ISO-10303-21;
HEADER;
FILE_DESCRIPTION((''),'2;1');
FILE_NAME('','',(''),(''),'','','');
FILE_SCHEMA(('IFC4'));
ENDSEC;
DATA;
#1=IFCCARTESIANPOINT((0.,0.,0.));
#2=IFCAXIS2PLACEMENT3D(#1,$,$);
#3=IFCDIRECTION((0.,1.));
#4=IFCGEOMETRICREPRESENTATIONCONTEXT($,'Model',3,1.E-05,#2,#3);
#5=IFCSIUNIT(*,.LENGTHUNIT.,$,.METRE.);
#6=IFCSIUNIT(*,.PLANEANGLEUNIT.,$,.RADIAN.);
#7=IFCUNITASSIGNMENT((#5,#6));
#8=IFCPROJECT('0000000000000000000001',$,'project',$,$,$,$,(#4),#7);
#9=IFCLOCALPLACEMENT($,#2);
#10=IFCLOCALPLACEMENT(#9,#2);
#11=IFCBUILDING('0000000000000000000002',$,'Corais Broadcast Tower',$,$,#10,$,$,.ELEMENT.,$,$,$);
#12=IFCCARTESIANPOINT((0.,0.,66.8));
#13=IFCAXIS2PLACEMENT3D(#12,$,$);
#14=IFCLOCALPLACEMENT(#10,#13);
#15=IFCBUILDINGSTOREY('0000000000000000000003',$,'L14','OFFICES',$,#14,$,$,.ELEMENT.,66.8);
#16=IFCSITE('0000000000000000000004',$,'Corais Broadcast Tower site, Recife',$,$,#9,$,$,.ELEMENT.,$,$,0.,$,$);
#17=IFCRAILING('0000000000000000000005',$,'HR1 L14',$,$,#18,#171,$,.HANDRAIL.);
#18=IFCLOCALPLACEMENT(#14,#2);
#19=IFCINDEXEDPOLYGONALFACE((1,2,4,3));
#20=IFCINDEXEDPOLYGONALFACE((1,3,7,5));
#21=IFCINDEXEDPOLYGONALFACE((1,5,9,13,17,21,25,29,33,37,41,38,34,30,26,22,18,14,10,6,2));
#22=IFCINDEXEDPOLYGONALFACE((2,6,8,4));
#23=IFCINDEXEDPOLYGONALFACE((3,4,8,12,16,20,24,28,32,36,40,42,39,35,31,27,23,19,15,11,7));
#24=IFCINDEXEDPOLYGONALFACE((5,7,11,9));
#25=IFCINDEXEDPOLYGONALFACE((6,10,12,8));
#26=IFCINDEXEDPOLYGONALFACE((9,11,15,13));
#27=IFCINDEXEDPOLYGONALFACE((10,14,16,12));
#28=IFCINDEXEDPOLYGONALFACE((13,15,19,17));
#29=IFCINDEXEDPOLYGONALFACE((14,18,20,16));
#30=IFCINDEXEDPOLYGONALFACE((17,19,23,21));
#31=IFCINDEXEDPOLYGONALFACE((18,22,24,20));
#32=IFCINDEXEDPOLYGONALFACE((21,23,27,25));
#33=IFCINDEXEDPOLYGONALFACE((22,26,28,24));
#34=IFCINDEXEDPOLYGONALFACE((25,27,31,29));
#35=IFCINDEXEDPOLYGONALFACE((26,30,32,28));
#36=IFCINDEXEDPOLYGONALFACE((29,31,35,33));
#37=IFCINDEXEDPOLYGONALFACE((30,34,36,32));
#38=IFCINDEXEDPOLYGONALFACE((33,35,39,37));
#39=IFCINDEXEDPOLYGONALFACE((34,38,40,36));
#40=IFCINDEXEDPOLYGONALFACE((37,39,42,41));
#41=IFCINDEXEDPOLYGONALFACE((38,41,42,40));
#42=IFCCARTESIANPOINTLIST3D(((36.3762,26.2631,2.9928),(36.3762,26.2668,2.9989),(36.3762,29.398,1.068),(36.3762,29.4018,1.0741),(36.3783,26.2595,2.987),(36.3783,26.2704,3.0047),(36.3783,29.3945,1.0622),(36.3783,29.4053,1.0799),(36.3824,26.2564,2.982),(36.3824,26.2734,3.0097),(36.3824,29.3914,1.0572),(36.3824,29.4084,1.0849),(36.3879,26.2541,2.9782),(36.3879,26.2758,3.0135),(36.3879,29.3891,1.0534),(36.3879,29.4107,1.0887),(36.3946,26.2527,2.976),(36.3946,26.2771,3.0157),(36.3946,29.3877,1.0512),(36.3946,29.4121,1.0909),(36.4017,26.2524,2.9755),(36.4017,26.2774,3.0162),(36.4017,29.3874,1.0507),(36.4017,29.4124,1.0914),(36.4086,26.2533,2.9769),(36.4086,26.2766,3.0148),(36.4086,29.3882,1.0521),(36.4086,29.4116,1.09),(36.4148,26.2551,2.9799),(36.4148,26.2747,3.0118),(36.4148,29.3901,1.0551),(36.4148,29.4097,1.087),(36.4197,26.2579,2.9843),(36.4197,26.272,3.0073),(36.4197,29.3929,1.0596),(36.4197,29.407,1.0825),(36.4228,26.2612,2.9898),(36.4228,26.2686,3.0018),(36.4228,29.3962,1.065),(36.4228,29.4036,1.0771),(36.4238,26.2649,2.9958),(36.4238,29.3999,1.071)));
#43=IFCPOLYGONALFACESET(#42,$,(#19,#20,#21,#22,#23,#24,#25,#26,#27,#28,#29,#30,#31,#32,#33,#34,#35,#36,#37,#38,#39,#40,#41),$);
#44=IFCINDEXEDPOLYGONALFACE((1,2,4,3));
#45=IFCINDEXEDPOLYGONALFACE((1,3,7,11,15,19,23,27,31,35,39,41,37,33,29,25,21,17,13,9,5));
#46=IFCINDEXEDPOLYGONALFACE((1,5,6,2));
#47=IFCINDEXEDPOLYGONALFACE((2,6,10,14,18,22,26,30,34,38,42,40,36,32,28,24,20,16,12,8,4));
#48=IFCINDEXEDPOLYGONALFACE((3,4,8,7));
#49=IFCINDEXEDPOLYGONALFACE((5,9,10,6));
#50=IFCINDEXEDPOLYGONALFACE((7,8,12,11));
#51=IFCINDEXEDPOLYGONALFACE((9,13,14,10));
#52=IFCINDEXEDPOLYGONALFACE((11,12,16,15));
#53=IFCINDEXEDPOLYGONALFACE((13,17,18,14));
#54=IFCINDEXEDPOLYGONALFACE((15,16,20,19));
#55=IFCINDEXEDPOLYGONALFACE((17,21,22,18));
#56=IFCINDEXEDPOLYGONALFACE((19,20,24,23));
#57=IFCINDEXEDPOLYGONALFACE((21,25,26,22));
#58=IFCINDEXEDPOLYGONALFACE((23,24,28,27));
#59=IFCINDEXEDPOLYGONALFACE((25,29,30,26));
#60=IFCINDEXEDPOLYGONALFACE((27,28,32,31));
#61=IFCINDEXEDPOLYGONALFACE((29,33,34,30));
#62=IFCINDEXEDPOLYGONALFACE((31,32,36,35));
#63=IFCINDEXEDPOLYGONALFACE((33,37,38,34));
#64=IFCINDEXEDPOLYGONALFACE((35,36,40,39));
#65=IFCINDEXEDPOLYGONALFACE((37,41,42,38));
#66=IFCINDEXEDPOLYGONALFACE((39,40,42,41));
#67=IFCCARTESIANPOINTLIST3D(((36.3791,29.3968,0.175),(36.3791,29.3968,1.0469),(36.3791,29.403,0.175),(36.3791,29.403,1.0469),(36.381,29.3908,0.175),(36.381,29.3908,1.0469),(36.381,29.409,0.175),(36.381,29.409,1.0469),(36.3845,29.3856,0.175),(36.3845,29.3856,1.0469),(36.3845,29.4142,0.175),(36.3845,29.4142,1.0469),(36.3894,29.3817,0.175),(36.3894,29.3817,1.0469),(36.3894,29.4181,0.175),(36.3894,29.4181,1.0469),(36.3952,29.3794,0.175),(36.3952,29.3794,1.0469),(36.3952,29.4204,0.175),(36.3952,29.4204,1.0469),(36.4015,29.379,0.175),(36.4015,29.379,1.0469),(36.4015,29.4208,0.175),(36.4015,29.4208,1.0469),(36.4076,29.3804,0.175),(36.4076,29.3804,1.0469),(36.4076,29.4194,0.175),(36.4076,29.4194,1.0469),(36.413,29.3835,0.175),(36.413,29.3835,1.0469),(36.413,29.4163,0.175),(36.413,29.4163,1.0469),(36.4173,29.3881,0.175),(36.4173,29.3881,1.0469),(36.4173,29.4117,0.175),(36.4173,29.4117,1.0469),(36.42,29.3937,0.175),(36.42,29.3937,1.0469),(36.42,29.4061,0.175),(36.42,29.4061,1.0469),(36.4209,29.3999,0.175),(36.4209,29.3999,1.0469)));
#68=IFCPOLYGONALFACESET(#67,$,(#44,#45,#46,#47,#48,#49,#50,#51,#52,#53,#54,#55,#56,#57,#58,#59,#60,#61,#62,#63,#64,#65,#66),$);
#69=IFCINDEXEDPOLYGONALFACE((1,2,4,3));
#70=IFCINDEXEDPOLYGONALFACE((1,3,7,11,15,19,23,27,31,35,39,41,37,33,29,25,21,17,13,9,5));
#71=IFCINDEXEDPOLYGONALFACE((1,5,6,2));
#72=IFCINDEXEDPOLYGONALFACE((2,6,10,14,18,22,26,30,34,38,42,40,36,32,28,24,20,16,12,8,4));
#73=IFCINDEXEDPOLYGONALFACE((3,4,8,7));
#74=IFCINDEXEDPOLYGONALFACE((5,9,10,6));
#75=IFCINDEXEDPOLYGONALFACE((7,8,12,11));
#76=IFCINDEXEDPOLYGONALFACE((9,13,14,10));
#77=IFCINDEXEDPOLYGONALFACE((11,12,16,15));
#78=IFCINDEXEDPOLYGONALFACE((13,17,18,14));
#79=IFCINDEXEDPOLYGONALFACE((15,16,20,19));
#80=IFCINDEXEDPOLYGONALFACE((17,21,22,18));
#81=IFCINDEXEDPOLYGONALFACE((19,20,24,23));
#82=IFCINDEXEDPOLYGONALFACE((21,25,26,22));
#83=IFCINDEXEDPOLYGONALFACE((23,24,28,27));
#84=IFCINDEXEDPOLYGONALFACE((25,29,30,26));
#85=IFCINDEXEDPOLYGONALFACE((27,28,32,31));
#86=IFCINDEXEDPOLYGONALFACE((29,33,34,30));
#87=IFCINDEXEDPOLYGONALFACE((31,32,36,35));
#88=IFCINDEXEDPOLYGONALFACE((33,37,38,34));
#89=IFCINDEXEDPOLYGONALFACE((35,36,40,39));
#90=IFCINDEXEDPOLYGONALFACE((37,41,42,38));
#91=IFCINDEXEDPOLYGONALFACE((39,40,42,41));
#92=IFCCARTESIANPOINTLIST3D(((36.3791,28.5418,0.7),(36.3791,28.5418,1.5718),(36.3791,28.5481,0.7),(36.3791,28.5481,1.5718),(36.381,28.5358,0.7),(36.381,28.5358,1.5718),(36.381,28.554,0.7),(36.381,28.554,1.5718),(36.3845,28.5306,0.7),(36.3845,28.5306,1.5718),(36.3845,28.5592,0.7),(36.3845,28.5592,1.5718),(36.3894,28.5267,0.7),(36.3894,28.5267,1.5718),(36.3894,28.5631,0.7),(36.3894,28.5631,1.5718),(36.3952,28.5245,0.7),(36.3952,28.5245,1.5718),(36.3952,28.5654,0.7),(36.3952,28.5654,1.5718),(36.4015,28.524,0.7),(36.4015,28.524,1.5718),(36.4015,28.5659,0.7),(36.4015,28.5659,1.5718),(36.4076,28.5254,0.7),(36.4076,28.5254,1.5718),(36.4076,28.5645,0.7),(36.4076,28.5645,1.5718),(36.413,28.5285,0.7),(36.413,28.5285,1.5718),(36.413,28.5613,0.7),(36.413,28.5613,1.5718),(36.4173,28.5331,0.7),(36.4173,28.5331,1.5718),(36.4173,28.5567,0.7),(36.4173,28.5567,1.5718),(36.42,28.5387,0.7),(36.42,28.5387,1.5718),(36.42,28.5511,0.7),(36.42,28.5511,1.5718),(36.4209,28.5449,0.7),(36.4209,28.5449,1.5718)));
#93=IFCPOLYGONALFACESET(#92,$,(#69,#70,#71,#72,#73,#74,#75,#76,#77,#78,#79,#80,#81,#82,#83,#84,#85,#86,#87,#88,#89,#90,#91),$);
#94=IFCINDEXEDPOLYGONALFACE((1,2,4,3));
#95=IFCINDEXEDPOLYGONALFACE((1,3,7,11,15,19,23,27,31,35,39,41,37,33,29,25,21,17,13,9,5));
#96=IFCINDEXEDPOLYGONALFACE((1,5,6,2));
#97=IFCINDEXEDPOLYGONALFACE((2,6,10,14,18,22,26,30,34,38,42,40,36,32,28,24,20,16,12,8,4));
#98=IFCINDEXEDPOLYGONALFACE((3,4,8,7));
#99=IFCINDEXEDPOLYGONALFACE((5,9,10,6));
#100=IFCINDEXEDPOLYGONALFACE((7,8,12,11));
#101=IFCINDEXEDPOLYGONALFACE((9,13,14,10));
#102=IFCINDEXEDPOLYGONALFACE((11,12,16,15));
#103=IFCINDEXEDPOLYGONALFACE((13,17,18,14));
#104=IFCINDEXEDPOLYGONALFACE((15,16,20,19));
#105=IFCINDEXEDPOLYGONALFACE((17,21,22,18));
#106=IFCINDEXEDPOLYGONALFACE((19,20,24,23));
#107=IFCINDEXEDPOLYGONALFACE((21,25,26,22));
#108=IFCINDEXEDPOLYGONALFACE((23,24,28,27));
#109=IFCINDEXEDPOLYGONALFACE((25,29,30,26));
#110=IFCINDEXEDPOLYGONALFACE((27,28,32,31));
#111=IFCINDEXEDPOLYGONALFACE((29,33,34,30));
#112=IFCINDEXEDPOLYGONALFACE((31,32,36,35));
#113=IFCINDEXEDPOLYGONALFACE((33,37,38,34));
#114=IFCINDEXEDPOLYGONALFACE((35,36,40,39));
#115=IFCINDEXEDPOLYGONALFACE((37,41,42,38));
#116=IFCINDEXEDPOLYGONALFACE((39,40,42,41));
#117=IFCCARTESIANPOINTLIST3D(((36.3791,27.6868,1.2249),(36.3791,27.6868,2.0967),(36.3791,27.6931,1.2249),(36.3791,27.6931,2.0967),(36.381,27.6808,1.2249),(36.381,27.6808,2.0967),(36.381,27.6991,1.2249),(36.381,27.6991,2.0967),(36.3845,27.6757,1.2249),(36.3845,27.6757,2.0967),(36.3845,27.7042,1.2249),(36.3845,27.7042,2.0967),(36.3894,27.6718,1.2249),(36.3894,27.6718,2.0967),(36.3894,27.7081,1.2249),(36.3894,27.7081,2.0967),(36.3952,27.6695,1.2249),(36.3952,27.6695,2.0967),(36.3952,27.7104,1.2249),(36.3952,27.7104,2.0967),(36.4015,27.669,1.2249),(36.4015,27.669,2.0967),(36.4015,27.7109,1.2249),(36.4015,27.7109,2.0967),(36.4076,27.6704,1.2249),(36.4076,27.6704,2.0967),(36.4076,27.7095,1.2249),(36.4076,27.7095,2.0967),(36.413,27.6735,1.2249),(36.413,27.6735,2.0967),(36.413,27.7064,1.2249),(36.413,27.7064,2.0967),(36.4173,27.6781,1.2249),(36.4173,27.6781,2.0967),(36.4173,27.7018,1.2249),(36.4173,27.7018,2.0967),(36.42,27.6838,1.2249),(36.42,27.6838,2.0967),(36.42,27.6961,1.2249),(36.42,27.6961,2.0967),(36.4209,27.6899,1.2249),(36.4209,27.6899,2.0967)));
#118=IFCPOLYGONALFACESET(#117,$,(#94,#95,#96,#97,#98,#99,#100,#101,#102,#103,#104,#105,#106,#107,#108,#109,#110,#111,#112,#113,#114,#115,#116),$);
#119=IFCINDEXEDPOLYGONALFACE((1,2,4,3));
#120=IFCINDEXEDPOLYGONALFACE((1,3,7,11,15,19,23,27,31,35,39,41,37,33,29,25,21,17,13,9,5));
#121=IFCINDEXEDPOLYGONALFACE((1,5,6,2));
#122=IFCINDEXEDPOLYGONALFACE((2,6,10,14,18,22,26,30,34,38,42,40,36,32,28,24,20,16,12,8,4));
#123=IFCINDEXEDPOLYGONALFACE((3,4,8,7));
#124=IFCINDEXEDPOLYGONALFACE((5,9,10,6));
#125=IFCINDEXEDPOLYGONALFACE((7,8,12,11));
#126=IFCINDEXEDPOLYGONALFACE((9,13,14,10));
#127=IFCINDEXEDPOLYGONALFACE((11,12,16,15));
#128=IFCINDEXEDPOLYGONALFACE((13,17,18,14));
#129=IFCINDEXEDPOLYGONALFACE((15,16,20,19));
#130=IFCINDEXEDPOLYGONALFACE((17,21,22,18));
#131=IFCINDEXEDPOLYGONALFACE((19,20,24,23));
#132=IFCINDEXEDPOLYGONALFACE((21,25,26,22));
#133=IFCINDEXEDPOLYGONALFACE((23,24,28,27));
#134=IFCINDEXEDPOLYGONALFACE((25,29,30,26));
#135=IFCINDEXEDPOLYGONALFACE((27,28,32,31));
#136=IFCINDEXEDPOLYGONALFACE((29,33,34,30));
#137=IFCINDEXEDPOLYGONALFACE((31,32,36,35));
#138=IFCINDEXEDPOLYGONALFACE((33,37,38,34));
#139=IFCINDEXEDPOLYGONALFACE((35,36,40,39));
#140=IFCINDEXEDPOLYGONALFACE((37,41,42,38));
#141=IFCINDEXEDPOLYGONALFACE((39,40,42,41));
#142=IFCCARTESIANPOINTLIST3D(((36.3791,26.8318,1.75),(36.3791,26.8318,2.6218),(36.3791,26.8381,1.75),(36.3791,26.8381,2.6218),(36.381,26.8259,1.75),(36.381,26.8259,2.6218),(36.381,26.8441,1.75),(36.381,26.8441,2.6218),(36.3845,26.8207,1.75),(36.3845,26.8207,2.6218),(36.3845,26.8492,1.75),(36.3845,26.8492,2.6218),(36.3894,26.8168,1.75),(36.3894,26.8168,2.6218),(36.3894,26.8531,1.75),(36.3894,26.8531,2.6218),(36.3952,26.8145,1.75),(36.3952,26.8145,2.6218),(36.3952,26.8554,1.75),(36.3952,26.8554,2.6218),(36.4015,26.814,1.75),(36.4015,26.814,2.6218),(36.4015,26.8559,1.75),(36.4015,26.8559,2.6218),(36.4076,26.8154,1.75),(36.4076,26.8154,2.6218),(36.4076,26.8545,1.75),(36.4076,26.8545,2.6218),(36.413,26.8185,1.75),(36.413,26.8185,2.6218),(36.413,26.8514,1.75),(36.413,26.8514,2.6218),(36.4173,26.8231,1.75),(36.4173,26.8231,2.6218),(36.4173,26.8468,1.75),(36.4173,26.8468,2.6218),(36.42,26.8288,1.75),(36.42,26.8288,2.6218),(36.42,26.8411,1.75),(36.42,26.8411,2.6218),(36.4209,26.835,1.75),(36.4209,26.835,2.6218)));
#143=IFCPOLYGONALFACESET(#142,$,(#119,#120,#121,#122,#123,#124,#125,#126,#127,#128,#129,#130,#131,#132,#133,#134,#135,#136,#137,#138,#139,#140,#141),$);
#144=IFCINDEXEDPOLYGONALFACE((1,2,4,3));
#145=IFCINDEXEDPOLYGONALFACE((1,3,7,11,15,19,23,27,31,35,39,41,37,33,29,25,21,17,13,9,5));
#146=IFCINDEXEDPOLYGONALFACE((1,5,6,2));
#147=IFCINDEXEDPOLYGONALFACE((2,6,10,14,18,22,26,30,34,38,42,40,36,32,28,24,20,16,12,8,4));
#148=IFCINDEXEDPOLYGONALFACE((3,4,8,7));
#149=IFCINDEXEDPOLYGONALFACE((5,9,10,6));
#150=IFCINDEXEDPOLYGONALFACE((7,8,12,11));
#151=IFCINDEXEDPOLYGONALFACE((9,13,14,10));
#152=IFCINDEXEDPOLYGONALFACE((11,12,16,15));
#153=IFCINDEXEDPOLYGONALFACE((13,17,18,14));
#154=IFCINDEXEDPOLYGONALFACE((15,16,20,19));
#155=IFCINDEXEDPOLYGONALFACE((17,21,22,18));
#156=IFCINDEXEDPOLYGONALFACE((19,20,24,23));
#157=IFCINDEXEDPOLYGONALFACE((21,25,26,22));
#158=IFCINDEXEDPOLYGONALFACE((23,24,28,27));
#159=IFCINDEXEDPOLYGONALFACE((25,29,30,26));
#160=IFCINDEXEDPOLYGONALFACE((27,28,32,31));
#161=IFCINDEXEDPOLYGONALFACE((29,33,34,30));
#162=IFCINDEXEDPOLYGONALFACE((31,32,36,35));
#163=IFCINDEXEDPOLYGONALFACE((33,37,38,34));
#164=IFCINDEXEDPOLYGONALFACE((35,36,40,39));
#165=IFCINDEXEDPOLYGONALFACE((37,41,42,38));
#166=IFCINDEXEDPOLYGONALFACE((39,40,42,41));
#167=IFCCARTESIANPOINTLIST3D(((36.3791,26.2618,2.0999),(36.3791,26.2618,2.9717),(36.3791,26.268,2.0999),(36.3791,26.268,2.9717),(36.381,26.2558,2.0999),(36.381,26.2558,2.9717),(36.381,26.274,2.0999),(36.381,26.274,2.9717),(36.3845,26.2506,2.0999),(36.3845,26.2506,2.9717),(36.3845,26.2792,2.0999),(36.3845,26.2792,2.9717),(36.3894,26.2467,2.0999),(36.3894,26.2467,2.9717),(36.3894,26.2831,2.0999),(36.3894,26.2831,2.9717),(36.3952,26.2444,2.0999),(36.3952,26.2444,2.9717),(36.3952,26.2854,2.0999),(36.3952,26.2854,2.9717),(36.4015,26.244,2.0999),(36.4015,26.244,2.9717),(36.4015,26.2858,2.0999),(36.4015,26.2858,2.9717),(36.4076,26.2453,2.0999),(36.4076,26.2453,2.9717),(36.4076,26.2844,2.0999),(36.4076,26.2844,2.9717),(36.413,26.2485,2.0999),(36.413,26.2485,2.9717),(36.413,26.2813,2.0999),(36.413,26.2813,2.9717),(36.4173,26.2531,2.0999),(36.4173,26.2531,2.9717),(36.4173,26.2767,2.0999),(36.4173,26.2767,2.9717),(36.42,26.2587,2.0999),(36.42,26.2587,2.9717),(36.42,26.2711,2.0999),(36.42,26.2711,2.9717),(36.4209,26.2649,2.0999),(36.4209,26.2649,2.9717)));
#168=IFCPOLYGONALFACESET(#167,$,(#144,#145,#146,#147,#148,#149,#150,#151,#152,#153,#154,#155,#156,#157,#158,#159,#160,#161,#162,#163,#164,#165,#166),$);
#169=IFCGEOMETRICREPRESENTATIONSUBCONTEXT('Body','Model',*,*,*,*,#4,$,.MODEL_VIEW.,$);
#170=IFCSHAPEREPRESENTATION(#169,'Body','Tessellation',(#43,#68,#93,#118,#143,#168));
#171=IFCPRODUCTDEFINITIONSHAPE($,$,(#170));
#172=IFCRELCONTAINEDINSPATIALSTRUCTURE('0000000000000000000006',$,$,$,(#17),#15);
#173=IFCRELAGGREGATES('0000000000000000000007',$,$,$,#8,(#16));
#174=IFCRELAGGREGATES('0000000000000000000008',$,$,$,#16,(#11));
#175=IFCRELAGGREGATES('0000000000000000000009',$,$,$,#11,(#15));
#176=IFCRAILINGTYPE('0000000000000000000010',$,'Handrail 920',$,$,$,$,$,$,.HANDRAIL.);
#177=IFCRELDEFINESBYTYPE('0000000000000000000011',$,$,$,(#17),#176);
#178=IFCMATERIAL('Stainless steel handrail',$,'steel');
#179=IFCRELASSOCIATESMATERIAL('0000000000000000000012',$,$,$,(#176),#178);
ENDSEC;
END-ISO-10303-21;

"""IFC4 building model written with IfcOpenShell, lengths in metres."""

from ifc_helpers import new_model, si_unit, direction, frame, origin, origin_2d, place, context, subcontext, project, spatial, circle, extrude, material, type_object, element, save


model = new_model("IFC4")

# Units and contexts
model_context = context("Model", 3, precision=1e-05, world=origin(), true_north=direction((0.0, 1.0)))
body_context = subcontext(model_context, "Body", "Model", "MODEL_VIEW")
ifc_project = project(units=[si_unit("LENGTHUNIT", "METRE"), si_unit("PLANEANGLEUNIT", "RADIAN")], contexts=[model_context])

# Site, building, storey
site_placement = place(None, origin())
site = spatial("IfcSite", under=ifc_project, at=site_placement, Name="Corais Broadcast Tower site, Recife", CompositionType="ELEMENT", RefElevation=0.0)
building_placement = place(site_placement, origin())
building = spatial("IfcBuilding", under=site, at=building_placement, Name="Corais Broadcast Tower", CompositionType="ELEMENT")
storey_placement = place(building_placement, frame((0.0, 0.0, 66.8)))
storey = spatial("IfcBuildingStorey", under=building, at=storey_placement, Name="L14", Description="OFFICES", CompositionType="ELEMENT", Elevation=66.8)

# Railing
ifc_material_1 = material(Name="Stainless steel handrail", Category="steel")
railing_type = type_object("IfcRailingType", Name="Handrail 920", PredefinedType="HANDRAIL", material=ifc_material_1)
for number, where, name in (
    (1, (36.3999, 29.3999, 0.175), "HR1 L14"),
):
    element("IfcRailing", number, at=place(storey_placement, frame(where)), inside=storey, type_object=railing_type, Name=name, PredefinedType="HANDRAIL", context=body_context, shape_type="SweptSolid", body=[
        extrude(circle(Radius=0.0239, at=origin_2d()), frame((0.0, 0.0, 0.896), z_axis=(0.0, -0.852196, 0.523223), x_axis=(1.0, 0.0, 0.0)), (0.0, 0.0, 1.0), 3.6787),
        extrude(circle(Radius=0.021, at=origin_2d()), origin(), (0.0, 0.0, 1.0), 0.8718),
        extrude(circle(Radius=0.021, at=origin_2d()), frame((0.0, -0.855, 0.5249)), (0.0, 0.0, 1.0), 0.8718),
        extrude(circle(Radius=0.021, at=origin_2d()), frame((0.0, -1.71, 1.0498)), (0.0, 0.0, 1.0), 0.8718),
        extrude(circle(Radius=0.021, at=origin_2d()), frame((0.0, -2.5649, 1.575)), (0.0, 0.0, 1.0), 0.8718),
        extrude(circle(Radius=0.021, at=origin_2d()), frame((0.0, -3.135, 1.9248)), (0.0, 0.0, 1.0), 0.8718),
    ])

save(model, "model.ifc")
